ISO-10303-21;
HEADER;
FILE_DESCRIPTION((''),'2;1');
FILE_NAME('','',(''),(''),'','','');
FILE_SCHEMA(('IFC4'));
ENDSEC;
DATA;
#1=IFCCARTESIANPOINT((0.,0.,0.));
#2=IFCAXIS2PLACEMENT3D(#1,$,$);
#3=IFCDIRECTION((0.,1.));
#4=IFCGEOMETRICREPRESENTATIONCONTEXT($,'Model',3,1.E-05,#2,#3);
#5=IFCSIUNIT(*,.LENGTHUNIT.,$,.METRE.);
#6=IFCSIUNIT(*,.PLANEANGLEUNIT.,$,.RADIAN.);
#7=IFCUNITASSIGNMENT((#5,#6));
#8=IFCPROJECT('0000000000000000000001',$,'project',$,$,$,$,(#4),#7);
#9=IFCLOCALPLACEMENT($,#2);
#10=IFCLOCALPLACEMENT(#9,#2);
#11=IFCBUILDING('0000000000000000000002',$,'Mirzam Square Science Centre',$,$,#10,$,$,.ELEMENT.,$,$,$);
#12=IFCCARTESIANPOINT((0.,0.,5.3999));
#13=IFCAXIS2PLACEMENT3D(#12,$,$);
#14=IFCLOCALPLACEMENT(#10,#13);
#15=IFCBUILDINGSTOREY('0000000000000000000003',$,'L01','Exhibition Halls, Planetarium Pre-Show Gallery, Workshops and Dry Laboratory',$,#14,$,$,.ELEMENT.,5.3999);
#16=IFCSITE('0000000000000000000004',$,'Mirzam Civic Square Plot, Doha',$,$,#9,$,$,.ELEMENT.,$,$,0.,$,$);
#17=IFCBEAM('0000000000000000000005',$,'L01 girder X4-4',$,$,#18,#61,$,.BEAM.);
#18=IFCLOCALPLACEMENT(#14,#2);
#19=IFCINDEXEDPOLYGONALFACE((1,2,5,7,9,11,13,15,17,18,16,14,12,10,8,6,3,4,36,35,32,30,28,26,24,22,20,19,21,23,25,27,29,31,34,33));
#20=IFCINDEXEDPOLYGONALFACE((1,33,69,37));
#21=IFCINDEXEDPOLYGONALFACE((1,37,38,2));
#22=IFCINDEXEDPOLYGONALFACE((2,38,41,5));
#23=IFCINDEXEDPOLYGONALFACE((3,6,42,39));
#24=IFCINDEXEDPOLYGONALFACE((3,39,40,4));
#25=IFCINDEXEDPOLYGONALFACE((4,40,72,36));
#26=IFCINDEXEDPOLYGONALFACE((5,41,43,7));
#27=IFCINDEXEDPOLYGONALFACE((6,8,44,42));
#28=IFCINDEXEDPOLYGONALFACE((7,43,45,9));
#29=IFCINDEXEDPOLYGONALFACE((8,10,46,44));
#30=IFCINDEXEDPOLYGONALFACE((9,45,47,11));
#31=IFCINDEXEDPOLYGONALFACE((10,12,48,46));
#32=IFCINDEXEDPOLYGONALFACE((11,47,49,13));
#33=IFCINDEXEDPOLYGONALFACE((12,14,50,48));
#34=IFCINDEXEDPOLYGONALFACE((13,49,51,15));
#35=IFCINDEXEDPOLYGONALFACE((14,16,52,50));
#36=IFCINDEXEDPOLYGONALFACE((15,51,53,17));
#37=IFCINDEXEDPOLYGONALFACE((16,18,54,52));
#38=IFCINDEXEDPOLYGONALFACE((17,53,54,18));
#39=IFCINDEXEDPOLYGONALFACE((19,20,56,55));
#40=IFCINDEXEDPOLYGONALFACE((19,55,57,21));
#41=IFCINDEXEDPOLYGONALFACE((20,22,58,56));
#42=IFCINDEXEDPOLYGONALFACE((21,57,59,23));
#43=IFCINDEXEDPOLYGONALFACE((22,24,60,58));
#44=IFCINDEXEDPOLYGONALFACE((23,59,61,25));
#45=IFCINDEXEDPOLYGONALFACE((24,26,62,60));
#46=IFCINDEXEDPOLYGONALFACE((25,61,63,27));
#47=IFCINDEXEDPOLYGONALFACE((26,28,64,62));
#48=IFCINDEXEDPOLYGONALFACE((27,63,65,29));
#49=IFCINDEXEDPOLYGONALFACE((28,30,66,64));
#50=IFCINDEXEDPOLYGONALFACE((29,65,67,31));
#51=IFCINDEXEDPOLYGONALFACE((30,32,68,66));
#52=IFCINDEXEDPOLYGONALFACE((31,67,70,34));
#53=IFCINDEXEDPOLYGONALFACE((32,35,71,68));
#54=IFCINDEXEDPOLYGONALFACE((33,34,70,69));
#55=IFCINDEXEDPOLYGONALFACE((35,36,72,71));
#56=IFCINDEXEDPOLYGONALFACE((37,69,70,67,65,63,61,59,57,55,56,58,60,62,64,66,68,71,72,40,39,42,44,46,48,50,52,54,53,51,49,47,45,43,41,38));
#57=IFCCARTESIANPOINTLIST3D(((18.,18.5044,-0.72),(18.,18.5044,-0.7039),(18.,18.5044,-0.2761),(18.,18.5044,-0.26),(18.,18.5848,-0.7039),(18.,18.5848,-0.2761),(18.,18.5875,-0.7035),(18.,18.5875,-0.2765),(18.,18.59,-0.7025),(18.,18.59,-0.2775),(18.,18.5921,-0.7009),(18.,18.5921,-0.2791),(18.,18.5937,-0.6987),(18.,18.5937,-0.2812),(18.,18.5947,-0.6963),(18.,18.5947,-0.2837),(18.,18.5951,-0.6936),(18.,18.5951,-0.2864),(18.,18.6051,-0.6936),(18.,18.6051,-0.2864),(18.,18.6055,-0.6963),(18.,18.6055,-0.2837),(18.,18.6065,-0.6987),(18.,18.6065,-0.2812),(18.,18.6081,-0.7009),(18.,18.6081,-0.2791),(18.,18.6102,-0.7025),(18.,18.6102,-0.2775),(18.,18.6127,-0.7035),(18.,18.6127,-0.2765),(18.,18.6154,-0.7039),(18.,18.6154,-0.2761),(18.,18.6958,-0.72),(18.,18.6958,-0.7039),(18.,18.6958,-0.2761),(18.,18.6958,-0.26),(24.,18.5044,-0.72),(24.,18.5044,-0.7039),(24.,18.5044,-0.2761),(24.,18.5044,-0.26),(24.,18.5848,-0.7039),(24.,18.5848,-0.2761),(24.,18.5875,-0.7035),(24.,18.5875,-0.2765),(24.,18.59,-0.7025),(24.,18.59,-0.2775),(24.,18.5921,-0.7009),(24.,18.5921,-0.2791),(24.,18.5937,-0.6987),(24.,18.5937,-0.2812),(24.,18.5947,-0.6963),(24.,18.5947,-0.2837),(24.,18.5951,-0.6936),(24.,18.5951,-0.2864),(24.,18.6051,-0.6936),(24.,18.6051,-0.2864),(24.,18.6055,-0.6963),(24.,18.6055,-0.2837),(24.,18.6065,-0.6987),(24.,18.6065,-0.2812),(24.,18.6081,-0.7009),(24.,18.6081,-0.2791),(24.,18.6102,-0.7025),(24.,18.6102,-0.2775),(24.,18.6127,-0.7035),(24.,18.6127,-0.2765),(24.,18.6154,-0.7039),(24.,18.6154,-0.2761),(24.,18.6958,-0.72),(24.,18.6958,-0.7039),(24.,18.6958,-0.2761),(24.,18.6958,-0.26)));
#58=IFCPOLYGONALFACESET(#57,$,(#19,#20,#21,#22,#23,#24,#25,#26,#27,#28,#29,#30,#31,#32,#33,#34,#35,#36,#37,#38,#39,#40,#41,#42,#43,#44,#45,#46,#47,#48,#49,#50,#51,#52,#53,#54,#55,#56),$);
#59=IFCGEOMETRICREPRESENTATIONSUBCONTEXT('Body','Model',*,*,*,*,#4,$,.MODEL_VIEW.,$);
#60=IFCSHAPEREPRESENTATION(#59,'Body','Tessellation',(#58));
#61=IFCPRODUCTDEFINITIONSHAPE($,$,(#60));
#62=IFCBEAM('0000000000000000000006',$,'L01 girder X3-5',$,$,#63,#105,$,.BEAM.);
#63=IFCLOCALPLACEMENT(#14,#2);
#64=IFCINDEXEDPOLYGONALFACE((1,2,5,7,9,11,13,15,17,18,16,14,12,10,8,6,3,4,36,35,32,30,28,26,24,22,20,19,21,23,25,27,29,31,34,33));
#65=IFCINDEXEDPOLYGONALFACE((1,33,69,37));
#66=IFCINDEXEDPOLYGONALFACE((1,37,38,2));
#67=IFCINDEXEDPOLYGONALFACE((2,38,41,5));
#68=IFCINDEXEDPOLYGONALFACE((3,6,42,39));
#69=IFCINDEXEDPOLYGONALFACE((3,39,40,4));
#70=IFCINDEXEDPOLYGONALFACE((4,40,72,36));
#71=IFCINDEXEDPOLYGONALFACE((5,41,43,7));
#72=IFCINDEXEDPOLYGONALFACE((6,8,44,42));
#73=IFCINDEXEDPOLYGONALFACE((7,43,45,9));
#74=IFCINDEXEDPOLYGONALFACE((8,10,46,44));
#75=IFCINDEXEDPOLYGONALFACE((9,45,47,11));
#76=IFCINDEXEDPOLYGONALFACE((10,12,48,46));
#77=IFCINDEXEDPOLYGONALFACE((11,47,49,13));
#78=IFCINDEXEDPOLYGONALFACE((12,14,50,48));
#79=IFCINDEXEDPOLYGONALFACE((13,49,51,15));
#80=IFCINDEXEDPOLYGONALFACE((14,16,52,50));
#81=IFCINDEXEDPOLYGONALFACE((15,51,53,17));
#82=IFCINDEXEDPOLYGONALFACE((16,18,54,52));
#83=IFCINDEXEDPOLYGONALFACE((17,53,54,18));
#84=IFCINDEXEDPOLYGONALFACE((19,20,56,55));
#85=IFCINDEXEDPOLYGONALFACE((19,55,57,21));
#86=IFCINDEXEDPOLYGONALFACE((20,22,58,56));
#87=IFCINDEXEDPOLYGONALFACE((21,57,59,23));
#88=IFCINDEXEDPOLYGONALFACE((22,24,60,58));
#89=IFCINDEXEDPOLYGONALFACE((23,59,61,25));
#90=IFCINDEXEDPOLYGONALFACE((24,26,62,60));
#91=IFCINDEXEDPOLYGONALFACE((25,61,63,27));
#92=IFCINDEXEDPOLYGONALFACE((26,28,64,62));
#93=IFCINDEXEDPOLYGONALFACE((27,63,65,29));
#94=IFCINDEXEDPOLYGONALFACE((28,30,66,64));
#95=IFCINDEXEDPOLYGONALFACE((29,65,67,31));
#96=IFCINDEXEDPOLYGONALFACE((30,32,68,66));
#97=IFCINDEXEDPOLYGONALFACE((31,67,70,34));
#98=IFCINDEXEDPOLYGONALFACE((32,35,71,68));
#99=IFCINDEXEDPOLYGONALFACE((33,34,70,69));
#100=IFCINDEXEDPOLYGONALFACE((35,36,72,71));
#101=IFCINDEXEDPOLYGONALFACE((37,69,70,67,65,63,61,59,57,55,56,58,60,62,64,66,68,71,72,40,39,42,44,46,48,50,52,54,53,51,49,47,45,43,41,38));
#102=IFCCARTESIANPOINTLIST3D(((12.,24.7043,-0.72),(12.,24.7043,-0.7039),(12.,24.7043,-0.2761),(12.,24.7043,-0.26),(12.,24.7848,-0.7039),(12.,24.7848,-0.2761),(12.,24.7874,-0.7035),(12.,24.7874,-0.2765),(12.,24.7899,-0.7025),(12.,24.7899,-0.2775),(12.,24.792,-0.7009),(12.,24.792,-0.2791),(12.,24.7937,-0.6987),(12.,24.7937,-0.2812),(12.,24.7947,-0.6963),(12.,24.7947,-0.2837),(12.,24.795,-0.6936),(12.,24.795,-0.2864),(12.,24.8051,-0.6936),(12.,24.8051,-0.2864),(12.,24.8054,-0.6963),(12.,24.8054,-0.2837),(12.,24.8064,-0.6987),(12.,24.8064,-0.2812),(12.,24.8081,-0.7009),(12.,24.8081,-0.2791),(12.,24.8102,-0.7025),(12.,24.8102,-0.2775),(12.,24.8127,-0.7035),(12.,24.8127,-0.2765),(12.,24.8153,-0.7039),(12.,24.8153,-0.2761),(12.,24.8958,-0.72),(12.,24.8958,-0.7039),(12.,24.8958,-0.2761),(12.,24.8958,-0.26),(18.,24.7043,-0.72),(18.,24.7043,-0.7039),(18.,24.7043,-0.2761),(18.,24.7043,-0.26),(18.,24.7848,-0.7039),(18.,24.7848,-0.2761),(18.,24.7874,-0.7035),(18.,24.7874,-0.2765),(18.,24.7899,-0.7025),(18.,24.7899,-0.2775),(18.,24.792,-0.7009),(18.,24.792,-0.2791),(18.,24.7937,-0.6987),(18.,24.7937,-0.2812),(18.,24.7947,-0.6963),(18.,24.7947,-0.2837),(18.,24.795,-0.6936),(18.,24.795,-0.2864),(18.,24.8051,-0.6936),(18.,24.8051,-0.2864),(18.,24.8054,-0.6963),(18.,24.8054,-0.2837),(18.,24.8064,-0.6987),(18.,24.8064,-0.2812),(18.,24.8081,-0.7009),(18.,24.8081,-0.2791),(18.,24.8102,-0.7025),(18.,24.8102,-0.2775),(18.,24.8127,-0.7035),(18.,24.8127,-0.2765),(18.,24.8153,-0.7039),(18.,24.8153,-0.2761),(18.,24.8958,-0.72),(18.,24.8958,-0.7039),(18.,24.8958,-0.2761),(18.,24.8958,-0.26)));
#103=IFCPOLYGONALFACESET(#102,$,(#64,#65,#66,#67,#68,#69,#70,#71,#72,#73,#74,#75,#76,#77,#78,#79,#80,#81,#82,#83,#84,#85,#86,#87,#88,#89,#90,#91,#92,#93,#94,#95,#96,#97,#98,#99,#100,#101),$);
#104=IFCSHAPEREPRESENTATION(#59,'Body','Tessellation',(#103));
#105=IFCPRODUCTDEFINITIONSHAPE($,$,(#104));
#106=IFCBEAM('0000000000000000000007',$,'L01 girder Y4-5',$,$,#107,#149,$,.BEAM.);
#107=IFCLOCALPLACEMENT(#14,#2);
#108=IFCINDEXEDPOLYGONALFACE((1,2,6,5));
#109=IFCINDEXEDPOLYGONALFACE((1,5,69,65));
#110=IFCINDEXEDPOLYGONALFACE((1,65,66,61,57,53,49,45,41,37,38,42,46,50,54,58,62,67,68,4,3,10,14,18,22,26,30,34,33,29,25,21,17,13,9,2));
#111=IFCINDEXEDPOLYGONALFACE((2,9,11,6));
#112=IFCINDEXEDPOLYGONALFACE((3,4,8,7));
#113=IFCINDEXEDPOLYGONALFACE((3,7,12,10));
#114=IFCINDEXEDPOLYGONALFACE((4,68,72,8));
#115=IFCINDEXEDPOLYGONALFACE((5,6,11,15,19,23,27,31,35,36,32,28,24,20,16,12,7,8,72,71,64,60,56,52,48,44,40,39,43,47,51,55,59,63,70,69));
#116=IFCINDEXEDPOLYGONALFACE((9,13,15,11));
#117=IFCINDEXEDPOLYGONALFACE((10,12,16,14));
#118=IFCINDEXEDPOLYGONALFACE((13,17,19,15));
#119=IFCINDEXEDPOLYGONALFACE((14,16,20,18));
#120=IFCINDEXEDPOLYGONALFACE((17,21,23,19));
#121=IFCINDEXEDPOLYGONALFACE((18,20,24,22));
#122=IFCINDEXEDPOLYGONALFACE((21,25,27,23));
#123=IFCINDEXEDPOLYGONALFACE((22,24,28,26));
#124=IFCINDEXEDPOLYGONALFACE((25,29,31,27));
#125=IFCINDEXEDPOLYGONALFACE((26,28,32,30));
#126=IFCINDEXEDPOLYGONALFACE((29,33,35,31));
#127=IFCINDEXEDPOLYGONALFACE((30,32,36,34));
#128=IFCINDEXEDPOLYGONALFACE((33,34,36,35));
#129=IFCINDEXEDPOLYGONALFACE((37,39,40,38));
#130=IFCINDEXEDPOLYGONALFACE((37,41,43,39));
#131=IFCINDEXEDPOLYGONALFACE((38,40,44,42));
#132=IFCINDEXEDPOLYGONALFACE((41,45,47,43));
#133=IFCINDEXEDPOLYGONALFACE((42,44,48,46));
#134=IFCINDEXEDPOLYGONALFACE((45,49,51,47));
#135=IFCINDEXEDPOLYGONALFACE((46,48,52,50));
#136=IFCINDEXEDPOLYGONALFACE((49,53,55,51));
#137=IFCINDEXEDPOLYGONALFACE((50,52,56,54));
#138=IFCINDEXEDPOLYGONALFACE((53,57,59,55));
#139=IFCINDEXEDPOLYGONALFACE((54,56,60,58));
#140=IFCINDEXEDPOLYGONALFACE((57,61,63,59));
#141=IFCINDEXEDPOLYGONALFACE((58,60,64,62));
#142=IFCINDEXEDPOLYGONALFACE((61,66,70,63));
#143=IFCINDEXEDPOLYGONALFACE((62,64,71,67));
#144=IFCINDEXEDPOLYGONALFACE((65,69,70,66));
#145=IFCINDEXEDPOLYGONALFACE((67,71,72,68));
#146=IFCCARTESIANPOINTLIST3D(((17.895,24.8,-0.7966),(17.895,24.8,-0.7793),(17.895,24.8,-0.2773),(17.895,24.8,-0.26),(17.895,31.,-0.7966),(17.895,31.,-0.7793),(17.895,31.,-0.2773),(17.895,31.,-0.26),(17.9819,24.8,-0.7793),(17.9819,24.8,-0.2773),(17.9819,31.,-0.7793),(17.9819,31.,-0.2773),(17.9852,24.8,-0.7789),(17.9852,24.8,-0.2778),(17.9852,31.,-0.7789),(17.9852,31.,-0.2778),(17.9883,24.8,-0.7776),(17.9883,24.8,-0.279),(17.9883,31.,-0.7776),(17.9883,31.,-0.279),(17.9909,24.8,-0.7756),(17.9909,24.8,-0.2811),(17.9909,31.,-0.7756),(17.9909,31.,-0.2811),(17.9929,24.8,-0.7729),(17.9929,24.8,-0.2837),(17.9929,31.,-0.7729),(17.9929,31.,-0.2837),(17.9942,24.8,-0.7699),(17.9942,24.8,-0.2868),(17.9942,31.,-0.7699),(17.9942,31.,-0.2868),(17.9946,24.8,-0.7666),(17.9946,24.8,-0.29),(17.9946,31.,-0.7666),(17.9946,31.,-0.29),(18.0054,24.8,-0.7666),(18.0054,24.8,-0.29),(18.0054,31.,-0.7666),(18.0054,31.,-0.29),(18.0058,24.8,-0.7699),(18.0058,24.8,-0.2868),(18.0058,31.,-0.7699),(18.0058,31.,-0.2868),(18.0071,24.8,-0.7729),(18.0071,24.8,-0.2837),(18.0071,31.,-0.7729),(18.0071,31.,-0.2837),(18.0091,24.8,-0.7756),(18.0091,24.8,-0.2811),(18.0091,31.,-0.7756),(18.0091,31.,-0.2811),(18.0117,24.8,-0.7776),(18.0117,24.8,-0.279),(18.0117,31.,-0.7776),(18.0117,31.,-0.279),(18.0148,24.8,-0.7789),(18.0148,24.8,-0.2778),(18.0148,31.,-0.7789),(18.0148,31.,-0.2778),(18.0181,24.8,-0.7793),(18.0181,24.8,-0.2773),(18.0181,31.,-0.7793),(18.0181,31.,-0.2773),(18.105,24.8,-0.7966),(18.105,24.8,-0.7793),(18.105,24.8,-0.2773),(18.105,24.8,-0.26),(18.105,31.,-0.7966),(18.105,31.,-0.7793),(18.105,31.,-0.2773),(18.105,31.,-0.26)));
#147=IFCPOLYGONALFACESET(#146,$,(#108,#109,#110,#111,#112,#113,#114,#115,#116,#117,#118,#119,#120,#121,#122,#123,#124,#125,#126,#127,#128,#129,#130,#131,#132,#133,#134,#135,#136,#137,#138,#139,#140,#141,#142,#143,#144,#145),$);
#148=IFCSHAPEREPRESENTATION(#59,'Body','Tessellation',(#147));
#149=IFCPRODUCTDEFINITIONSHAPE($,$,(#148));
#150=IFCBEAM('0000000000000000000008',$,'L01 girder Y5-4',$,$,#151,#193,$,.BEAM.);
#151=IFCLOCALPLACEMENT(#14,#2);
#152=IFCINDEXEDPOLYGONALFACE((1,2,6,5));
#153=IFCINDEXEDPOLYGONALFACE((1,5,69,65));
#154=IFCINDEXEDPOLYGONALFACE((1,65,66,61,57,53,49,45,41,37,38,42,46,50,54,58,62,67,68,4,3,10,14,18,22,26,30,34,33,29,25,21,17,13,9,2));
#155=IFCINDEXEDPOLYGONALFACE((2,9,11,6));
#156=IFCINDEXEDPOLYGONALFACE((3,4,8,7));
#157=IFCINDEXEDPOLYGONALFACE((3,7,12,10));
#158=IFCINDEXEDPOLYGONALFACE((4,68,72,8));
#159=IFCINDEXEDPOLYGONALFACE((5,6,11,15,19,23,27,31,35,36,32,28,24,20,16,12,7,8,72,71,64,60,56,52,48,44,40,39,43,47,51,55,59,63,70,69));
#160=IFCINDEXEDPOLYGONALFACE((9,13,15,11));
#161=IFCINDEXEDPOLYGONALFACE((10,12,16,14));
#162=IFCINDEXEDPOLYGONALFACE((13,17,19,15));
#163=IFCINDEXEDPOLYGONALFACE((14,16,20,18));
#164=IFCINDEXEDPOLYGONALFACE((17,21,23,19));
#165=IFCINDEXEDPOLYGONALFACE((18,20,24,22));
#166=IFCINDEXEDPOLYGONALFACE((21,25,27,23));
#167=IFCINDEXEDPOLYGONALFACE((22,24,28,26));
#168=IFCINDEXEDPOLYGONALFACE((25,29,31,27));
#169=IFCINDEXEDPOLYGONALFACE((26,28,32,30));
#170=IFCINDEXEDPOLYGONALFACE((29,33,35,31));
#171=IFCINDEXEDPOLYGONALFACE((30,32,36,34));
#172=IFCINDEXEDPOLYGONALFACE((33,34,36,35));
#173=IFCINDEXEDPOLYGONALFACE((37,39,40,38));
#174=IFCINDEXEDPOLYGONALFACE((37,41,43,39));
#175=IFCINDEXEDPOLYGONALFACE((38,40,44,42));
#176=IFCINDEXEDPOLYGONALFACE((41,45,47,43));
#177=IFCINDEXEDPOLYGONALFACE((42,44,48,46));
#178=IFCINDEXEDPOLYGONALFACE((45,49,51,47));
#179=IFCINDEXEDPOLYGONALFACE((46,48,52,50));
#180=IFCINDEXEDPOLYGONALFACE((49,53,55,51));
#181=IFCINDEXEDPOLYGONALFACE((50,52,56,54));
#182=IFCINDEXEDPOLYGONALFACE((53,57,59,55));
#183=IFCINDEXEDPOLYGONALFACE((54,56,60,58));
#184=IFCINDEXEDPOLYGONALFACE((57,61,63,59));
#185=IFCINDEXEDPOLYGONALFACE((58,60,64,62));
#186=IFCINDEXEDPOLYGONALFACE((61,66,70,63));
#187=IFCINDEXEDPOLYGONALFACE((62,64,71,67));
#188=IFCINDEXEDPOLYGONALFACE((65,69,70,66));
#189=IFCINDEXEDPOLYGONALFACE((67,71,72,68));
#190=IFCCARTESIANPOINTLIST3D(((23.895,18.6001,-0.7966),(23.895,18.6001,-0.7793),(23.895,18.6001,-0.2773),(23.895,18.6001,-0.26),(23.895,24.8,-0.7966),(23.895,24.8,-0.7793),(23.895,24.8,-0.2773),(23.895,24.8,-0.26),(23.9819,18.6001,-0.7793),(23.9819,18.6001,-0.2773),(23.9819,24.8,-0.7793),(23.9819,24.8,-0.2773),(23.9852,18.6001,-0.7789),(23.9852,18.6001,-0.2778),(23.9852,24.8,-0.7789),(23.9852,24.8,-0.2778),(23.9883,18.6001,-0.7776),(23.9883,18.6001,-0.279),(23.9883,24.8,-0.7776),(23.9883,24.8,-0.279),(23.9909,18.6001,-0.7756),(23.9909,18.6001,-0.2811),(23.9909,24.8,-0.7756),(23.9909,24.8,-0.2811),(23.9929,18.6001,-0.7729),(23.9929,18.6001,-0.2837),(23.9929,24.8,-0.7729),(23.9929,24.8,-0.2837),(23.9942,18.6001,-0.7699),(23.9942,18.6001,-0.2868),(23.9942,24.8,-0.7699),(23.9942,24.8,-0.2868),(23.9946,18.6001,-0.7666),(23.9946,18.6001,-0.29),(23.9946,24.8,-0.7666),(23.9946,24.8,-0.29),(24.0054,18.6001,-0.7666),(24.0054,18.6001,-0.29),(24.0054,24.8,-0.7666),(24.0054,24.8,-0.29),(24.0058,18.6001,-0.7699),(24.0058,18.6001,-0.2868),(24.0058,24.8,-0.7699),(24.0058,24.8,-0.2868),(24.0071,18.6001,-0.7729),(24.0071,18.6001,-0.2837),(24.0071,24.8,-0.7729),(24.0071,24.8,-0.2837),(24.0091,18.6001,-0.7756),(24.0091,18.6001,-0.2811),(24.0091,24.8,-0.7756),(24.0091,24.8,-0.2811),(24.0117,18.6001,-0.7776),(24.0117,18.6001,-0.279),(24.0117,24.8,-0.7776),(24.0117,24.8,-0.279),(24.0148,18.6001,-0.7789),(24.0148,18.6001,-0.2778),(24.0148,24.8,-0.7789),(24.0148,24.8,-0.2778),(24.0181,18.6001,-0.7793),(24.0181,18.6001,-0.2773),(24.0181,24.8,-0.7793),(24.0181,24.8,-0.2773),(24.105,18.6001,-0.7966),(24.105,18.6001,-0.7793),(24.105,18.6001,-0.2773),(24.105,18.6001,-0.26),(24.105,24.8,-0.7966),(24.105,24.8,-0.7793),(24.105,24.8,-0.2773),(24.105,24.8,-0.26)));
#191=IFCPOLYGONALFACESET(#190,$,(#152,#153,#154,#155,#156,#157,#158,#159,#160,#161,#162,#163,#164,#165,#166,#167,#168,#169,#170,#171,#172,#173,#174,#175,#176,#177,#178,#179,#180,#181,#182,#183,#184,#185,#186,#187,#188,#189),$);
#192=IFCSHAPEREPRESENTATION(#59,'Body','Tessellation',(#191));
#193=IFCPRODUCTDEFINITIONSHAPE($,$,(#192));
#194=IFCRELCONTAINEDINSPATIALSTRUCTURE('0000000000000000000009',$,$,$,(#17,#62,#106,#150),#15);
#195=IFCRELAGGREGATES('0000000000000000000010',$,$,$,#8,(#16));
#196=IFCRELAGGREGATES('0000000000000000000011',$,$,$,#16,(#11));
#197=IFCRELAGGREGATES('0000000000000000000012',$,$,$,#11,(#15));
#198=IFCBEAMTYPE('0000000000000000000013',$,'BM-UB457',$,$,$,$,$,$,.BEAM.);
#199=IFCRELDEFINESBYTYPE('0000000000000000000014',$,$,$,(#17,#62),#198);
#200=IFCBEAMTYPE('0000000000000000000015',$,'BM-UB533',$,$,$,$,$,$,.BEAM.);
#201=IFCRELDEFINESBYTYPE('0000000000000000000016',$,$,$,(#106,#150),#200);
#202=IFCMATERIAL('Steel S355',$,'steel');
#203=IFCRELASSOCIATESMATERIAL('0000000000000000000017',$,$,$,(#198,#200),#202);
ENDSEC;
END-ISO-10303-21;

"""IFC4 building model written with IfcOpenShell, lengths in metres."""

from ifc_helpers import new_model, si_unit, direction, frame, origin, origin_2d, place, context, subcontext, project, spatial, i_section, extrude, material, material_profile, profile_set, type_object, element, save


model = new_model("IFC4")

# Units and contexts
model_context = context("Model", 3, precision=1e-05, world=origin(), true_north=direction((0.0, 1.0)))
body_context = subcontext(model_context, "Body", "Model", "MODEL_VIEW")
ifc_project = project(units=[si_unit("LENGTHUNIT", "METRE"), si_unit("PLANEANGLEUNIT", "RADIAN")], contexts=[model_context])

# Site, building, storey
site_placement = place(None, origin())
site = spatial("IfcSite", under=ifc_project, at=site_placement, Name="Mirzam Civic Square Plot, Doha", CompositionType="ELEMENT", RefElevation=0.0)
building_placement = place(site_placement, origin())
building = spatial("IfcBuilding", under=site, at=building_placement, Name="Mirzam Square Science Centre", CompositionType="ELEMENT")
storey_placement = place(building_placement, frame((0.0, 0.0, 5.3999)))
storey = spatial("IfcBuildingStorey", under=building, at=storey_placement, Name="L01", Description="Exhibition Halls, Planetarium Pre-Show Gallery, Workshops and Dry Laboratory", CompositionType="ELEMENT", Elevation=5.3999)

# Shared definitions
ifc_material_1 = material(Name="Steel S355", Category="steel")

# Beams
ifc_material_profile_1 = material_profile(ifc_material_1, i_section(OverallWidth=0.1914, OverallDepth=0.46, WebThickness=0.01, FlangeThickness=0.0161, FilletRadius=0.0103, at=origin_2d()), Name="457x191x82UB")
ifc_profile_set_1 = profile_set([ifc_material_profile_1], Name="Steel S355")
beam_type_1 = type_object("IfcBeamType", Name="BM-UB457", PredefinedType="BEAM", material=ifc_profile_set_1)
for number, where, z_axis, x_axis, name in (
    (1, (18.0, 18.6001, -0.49), (1.0, 0.0, 0.0), (0.0, 1.0, 0.0), "L01 girder X4-4"),
    (2, (12.0, 24.8, -0.49), (1.0, 0.0, 0.0), (0.0, 1.0, 0.0), "L01 girder X3-5"),
):
    element("IfcBeam", number, at=place(storey_placement, frame(where, z_axis=z_axis, x_axis=x_axis)), inside=storey, type_object=beam_type_1, Name=name, PredefinedType="BEAM", context=body_context, shape_type="SweptSolid", body=[
        extrude(i_section(OverallWidth=0.1914, OverallDepth=0.46, WebThickness=0.01, FlangeThickness=0.0161, FilletRadius=0.0103, at=origin_2d()), origin(), (0.0, 0.0, 1.0), 6.0),
    ])
ifc_material_profile_2 = material_profile(ifc_material_1, i_section(OverallWidth=0.21, OverallDepth=0.5366, WebThickness=0.0107, FlangeThickness=0.0173, FilletRadius=0.0127, at=origin_2d()), Name="533x210x101UB")
ifc_profile_set_2 = profile_set([ifc_material_profile_2], Name="Steel S355")
beam_type_2 = type_object("IfcBeamType", Name="BM-UB533", PredefinedType="BEAM", material=ifc_profile_set_2)
for number, where, z_axis, x_axis, name in (
    (3, (18.0, 24.8, -0.5283), (0.0, 1.0, 0.0), (-1.0, 0.0, 0.0), "L01 girder Y4-5"),
    (4, (24.0, 18.6001, -0.5283), (0.0, 1.0, 0.0), (-1.0, 0.0, 0.0), "L01 girder Y5-4"),
):
    element("IfcBeam", number, at=place(storey_placement, frame(where, z_axis=z_axis, x_axis=x_axis)), inside=storey, type_object=beam_type_2, Name=name, PredefinedType="BEAM", context=body_context, shape_type="SweptSolid", body=[
        extrude(i_section(OverallWidth=0.21, OverallDepth=0.5366, WebThickness=0.0107, FlangeThickness=0.0173, FilletRadius=0.0127, at=origin_2d()), origin(), (0.0, 0.0, 1.0), 6.2),
    ])

save(model, "model.ifc")
